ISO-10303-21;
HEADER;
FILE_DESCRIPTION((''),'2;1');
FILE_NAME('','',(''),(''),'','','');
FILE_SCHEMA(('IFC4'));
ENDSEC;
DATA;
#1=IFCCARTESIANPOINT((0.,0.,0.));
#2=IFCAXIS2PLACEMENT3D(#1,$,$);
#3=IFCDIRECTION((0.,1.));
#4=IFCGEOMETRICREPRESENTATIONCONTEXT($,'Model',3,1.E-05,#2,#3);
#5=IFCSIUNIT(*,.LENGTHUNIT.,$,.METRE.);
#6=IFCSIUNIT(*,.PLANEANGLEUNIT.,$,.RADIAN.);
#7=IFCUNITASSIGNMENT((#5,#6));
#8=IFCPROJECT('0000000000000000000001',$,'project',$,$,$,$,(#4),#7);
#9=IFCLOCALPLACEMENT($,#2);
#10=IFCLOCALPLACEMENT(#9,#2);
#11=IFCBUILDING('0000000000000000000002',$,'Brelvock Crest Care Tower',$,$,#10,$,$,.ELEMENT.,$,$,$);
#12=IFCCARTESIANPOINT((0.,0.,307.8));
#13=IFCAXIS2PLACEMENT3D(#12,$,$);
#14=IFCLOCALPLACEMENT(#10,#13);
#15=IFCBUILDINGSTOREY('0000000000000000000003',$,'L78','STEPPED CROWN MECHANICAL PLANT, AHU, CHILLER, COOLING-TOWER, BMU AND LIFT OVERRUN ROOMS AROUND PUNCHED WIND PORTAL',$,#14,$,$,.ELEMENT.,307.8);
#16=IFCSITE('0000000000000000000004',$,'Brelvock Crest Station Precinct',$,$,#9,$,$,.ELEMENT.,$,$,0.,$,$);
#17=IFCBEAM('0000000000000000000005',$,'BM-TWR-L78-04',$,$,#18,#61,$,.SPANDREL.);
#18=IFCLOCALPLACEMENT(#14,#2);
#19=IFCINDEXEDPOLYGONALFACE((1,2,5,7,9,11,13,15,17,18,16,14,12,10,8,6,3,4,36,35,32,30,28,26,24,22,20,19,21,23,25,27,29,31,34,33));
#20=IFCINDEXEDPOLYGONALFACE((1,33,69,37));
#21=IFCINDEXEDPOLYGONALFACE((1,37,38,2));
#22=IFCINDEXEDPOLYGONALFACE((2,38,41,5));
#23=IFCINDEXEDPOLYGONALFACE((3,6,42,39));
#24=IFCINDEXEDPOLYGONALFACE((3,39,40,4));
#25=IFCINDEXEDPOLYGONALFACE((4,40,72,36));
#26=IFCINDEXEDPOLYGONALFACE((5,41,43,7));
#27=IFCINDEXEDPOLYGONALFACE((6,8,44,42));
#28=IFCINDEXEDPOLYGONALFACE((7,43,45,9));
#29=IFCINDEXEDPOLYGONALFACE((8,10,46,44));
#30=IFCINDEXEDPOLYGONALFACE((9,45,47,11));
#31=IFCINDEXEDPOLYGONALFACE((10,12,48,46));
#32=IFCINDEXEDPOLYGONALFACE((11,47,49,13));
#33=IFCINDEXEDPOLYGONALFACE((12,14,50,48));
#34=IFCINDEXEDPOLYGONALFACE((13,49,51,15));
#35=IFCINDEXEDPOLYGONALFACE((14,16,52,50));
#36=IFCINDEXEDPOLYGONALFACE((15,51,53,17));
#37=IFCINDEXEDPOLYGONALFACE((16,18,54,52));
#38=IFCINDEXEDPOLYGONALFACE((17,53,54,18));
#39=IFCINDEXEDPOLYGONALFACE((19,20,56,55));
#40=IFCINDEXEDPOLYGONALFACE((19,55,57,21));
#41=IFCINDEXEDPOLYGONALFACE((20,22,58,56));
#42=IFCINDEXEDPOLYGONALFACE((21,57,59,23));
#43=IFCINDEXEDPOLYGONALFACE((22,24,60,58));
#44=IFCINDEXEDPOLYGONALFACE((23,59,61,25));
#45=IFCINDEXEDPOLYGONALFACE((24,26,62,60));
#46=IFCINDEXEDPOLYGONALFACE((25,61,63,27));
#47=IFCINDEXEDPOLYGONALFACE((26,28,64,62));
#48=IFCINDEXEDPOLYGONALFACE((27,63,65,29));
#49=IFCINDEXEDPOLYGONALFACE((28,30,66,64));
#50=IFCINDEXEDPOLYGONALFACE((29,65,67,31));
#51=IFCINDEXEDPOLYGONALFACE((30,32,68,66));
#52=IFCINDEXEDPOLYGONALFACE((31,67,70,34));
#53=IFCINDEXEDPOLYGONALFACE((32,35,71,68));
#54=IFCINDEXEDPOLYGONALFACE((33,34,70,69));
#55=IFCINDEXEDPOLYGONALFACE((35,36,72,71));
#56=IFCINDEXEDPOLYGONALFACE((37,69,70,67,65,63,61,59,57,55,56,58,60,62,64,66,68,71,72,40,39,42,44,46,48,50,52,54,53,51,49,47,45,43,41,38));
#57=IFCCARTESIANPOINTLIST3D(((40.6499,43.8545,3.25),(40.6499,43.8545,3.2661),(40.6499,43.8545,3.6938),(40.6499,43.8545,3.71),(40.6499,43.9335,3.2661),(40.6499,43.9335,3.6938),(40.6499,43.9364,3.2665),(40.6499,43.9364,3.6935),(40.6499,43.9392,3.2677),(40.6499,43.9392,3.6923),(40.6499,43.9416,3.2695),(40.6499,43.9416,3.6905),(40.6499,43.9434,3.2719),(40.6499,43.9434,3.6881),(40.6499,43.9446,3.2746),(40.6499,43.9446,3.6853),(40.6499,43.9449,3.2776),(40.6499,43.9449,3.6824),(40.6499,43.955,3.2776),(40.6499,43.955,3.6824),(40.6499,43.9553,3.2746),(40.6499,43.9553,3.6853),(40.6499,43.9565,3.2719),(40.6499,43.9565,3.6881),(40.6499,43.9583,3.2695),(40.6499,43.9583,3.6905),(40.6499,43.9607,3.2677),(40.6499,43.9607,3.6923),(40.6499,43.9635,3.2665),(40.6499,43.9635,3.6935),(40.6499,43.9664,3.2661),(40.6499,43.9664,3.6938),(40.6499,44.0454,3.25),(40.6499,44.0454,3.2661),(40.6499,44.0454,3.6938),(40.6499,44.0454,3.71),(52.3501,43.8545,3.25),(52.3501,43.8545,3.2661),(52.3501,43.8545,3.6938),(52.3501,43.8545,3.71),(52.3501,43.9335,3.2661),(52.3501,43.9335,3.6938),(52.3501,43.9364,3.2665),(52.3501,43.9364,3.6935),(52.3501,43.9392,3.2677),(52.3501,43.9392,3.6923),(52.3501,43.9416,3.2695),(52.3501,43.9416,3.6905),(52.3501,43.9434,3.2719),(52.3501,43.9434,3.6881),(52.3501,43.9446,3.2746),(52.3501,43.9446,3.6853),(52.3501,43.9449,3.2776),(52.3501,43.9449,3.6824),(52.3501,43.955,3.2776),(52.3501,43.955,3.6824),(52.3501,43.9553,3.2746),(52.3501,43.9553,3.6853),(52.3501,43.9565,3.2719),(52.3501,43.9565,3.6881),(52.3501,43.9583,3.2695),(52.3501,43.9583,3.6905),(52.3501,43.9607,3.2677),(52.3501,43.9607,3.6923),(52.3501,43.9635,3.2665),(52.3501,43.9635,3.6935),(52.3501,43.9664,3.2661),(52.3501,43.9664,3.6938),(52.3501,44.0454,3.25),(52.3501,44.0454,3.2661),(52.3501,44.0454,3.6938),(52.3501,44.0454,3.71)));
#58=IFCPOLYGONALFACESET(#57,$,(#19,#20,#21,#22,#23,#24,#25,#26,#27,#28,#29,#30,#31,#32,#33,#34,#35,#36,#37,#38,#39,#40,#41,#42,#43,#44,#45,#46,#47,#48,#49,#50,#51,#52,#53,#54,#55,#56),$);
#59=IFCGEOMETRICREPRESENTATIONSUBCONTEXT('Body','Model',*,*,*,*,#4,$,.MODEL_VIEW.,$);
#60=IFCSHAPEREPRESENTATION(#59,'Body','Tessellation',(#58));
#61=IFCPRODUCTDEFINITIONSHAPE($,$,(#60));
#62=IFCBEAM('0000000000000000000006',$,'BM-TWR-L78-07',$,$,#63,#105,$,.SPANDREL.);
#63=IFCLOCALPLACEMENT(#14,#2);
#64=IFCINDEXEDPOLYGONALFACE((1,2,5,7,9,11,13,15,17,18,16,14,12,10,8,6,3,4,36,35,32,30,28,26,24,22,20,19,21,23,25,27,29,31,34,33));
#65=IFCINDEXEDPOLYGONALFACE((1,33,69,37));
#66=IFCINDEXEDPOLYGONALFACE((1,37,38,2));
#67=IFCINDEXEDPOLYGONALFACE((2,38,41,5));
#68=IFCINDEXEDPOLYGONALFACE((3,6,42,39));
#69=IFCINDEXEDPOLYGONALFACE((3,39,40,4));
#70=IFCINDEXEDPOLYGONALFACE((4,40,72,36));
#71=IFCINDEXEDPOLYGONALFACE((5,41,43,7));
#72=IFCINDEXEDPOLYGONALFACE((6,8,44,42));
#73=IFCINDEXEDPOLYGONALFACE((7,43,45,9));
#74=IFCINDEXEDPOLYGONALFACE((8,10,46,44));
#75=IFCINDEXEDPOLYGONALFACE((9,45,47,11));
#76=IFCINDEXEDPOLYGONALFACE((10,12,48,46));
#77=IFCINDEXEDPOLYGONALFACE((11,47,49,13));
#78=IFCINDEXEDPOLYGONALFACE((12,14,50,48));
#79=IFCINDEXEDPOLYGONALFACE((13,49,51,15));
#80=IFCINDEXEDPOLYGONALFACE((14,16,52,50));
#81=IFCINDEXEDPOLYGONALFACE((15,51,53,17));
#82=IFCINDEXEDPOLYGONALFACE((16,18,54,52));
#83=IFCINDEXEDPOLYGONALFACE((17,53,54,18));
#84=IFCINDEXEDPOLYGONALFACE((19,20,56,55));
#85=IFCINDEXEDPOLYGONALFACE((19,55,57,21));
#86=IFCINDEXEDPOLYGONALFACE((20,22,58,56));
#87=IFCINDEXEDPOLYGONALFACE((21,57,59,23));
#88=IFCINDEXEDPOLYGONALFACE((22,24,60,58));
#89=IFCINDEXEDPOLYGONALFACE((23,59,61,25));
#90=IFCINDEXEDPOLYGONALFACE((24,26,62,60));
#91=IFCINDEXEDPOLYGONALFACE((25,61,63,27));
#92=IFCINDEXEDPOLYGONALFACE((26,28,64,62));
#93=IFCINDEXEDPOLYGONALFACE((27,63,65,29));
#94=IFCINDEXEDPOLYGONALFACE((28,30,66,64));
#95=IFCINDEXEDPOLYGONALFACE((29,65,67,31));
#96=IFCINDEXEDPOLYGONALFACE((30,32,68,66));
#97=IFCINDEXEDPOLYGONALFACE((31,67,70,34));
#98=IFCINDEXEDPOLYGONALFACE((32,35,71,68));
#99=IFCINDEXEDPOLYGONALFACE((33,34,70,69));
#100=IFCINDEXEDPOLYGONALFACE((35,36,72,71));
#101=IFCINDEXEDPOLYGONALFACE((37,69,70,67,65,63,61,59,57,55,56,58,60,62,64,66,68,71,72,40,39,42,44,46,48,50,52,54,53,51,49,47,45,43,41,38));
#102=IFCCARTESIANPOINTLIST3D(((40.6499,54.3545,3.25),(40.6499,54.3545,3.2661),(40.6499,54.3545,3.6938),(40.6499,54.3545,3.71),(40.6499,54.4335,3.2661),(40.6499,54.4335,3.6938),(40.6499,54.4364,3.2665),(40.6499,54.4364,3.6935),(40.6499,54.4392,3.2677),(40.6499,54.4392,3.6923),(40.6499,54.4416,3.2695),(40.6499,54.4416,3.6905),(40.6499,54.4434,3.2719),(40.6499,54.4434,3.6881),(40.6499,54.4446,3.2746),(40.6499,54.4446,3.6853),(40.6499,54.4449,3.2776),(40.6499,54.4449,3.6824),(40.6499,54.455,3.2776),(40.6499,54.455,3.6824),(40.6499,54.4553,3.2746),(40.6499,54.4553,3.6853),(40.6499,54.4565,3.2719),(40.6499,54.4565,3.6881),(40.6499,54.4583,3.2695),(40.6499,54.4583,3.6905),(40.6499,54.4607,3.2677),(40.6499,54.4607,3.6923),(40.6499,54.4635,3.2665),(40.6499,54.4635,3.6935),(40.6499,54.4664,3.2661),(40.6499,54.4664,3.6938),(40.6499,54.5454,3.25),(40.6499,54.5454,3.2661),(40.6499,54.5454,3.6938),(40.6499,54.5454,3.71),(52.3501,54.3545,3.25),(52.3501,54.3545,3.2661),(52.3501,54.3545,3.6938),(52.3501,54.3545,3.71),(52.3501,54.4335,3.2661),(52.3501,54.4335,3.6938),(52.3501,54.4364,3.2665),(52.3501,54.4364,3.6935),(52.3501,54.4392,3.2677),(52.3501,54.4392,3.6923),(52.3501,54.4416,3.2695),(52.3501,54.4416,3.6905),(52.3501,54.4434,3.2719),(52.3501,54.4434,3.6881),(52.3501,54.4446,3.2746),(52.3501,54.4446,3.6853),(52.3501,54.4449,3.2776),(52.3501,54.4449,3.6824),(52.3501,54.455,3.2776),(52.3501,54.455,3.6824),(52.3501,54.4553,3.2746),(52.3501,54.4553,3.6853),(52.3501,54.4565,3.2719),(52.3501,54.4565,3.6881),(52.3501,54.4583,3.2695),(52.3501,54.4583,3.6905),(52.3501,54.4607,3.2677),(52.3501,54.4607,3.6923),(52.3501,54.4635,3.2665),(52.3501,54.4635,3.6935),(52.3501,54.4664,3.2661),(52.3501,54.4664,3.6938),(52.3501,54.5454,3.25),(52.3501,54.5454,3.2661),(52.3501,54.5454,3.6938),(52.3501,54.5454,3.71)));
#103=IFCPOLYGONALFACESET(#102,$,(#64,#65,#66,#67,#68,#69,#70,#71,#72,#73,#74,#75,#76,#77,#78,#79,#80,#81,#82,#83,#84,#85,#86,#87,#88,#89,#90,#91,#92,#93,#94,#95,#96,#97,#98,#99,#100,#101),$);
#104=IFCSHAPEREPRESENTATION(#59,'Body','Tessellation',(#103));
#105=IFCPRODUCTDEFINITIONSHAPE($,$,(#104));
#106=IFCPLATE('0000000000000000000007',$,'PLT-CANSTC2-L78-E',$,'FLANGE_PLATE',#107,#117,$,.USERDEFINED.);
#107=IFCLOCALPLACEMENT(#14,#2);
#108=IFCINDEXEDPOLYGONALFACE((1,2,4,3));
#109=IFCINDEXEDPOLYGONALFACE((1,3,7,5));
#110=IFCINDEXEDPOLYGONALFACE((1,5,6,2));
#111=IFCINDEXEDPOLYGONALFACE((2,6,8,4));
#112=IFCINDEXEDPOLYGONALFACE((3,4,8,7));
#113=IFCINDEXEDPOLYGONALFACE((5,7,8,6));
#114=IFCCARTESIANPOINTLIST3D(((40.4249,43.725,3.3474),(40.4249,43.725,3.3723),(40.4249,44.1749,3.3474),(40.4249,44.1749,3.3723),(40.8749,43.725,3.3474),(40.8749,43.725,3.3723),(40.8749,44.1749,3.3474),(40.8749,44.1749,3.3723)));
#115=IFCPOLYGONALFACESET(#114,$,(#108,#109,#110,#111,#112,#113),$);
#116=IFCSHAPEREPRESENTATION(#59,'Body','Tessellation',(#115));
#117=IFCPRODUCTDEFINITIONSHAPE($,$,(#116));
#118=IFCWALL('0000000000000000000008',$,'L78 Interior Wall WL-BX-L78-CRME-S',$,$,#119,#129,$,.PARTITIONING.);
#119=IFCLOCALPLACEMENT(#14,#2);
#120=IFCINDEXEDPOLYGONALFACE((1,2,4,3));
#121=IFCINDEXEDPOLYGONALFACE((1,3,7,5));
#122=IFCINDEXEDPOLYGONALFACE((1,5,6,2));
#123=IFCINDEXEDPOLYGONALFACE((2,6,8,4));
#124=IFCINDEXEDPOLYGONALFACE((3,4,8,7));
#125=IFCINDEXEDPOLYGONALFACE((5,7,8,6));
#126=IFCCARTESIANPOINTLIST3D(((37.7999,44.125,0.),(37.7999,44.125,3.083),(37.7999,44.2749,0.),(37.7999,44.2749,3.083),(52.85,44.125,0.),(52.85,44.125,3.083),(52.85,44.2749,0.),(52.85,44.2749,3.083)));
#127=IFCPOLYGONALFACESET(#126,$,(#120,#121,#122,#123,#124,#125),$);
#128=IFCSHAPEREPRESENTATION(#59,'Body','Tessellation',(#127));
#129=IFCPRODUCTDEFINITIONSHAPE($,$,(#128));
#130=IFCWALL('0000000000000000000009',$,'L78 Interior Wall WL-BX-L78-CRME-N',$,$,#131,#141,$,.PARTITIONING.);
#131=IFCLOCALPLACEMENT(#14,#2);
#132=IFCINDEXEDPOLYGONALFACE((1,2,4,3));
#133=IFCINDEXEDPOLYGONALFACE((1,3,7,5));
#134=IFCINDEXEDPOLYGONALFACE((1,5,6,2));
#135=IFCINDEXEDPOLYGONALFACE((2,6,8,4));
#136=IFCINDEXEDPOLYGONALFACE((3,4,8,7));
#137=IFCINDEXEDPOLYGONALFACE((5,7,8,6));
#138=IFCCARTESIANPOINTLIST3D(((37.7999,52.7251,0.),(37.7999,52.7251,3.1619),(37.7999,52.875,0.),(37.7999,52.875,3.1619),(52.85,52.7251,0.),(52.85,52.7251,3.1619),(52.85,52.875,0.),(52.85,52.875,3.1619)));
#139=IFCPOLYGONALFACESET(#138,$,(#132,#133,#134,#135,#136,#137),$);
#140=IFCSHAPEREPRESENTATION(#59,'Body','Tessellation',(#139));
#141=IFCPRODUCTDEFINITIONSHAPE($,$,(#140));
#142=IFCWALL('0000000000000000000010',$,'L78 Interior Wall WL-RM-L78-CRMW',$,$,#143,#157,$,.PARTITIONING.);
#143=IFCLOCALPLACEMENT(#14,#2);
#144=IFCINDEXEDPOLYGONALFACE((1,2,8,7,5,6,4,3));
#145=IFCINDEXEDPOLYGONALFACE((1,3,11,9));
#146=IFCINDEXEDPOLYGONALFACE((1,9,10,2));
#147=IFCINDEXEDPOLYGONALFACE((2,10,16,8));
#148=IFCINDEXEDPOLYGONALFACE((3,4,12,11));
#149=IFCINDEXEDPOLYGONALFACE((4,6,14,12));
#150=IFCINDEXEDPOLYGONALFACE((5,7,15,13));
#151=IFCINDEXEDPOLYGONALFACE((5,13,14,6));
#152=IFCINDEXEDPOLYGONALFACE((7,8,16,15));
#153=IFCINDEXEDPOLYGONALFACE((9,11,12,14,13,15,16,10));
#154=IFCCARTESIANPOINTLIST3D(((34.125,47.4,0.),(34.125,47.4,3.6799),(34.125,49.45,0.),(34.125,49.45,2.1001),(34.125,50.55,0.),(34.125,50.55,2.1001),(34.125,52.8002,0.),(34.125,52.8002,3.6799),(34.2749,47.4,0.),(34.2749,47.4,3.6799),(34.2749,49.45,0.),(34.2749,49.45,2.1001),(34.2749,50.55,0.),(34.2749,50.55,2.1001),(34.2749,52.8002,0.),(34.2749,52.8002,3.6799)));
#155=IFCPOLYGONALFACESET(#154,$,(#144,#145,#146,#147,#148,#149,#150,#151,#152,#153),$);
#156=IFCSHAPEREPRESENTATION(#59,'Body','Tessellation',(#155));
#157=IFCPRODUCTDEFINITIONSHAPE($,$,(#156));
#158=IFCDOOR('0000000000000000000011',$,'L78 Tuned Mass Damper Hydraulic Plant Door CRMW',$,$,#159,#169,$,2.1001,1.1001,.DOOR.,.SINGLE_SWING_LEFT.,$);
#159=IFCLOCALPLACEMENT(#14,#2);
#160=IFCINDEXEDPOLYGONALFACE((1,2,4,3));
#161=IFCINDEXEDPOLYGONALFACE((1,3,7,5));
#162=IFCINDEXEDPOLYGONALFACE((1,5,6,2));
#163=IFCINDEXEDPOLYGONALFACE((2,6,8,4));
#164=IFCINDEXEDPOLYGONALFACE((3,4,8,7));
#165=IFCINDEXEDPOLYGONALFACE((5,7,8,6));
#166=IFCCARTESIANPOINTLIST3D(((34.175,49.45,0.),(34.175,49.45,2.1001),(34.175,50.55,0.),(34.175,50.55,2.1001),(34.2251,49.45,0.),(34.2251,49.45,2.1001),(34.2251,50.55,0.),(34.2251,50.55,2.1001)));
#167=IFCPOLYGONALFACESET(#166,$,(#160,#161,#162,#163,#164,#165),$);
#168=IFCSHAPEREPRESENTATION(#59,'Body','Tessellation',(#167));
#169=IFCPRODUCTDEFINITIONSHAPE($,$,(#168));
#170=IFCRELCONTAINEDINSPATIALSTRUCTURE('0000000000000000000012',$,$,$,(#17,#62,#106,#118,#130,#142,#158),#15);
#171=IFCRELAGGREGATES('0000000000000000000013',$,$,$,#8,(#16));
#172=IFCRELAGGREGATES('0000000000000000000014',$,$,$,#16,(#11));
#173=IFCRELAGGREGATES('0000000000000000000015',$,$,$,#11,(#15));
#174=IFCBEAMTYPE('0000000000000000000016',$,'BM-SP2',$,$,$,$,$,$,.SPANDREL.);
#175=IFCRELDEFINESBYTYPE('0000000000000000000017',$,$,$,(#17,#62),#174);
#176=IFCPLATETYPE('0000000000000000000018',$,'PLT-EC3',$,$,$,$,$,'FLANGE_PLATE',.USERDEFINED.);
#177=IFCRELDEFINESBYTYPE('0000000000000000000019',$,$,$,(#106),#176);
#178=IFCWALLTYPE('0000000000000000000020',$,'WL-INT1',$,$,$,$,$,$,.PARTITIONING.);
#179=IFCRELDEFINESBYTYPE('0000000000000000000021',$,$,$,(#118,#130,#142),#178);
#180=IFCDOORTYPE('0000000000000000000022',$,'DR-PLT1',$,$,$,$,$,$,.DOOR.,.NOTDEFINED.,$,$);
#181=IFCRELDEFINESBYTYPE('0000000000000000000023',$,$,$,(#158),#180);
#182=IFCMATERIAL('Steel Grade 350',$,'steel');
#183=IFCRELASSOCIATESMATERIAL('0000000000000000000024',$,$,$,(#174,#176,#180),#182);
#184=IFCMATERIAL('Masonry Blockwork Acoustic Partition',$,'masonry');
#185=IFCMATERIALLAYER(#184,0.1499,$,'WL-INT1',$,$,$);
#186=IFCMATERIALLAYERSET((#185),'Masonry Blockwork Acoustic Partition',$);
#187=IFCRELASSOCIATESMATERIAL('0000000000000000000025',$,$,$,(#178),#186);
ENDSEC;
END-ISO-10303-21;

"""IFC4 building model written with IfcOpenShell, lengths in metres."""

from ifc_helpers import new_model, si_unit, direction, frame, frame_2d, origin, origin_2d, place, context, subcontext, project, spatial, rectangle, i_section, extrude, source, transform, mapped, material, layer, layer_set, material_profile, profile_set, type_object, element, fill, save


model = new_model("IFC4")

# Units and contexts
model_context = context("Model", 3, precision=1e-05, world=origin(), true_north=direction((0.0, 1.0)))
body_context = subcontext(model_context, "Body", "Model", "MODEL_VIEW")
ifc_project = project(units=[si_unit("LENGTHUNIT", "METRE"), si_unit("PLANEANGLEUNIT", "RADIAN")], contexts=[model_context])

# Site, building, storey
site_placement = place(None, origin())
site = spatial("IfcSite", under=ifc_project, at=site_placement, Name="Brelvock Crest Station Precinct", CompositionType="ELEMENT", RefElevation=0.0)
building_placement = place(site_placement, origin())
building = spatial("IfcBuilding", under=site, at=building_placement, Name="Brelvock Crest Care Tower", CompositionType="ELEMENT")
storey_placement = place(building_placement, frame((0.0, 0.0, 307.8)))
storey = spatial("IfcBuildingStorey", under=building, at=storey_placement, Name="L78", Description="STEPPED CROWN MECHANICAL PLANT, AHU, CHILLER, COOLING-TOWER, BMU AND LIFT OVERRUN ROOMS AROUND PUNCHED WIND PORTAL", CompositionType="ELEMENT", Elevation=307.8)

# Shared definitions
ifc_material_1 = material(Name="Steel Grade 350", Category="steel")

# Beams
ifc_material_profile_1 = material_profile(ifc_material_1, i_section(OverallWidth=0.1909, OverallDepth=0.46, WebThickness=0.01, FlangeThickness=0.0161, FilletRadius=0.0115, at=origin_2d()), Name="460UB82.1")
ifc_profile_set_1 = profile_set([ifc_material_profile_1], Name="Steel Grade 350")
beam_type_1 = type_object("IfcBeamType", Name="BM-SP2", PredefinedType="SPANDREL", material=ifc_profile_set_1)
shared_shape_1 = source(origin(), body_context, "Body", "SweptSolid", [
    extrude(i_section(OverallWidth=0.1909, OverallDepth=0.46, WebThickness=0.01, FlangeThickness=0.0161, FilletRadius=0.0115, at=origin_2d()), origin(), (0.0, 0.0, 1.0), 11.7002),
])
for number, where, z_axis, x_axis, name in (
    (1, (40.6499, 43.95, 3.48), (1.0, 0.0, 0.0), (0.0, 1.0, 0.0), "BM-TWR-L78-04"),
    (2, (40.6499, 54.45, 3.48), (1.0, 0.0, 0.0), (0.0, 1.0, 0.0), "BM-TWR-L78-07"),
):
    element("IfcBeam", number, at=place(storey_placement, frame(where, z_axis=z_axis, x_axis=x_axis)), inside=storey, type_object=beam_type_1, Name=name, PredefinedType="SPANDREL", context=body_context, shape_type="MappedRepresentation", body=[
        mapped(shared_shape_1, transform((0.0, 0.0, 0.0), x_axis=(1.0, 0.0, 0.0), y_axis=(0.0, 1.0, 0.0), z_axis=(0.0, 0.0, 1.0), scale=1.0)),
    ])

# Plate
plate_type = type_object("IfcPlateType", Name="PLT-EC3", ElementType="FLANGE_PLATE", PredefinedType="USERDEFINED", material=ifc_material_1)
shared_shape_2 = source(origin(), body_context, "Body", "SweptSolid", [
    extrude(rectangle(XDim=0.45, YDim=0.45, at=origin_2d()), origin(), (0.0, 0.0, 1.0), 0.0249),
])
plate_placement = place(storey_placement, frame((40.6499, 43.95, 3.3474), z_axis=(0.0, 0.0, 1.0), x_axis=(1.0, 0.0, 0.0)))
element("IfcPlate", 3, at=plate_placement, inside=storey, type_object=plate_type, Name="PLT-CANSTC2-L78-E", ObjectType="FLANGE_PLATE", PredefinedType="USERDEFINED", context=body_context, shape_type="MappedRepresentation", body=[
    mapped(shared_shape_2, transform((0.0, 0.0, 0.0), x_axis=(1.0, 0.0, 0.0), y_axis=(0.0, 1.0, 0.0), z_axis=(0.0, 0.0, 1.0), scale=1.0)),
])

# Walls
ifc_material_2 = material(Name="Masonry Blockwork Acoustic Partition", Category="masonry")
ifc_layer = layer(ifc_material_2, 0.1499, Name="WL-INT1")
ifc_layer_set = layer_set([ifc_layer], Name="Masonry Blockwork Acoustic Partition")
wall_type = type_object("IfcWallType", Name="WL-INT1", PredefinedType="PARTITIONING", material=ifc_layer_set)
wall_1_placement = place(storey_placement, frame((37.8, 44.2, 0.0), z_axis=(0.0, 0.0, 1.0), x_axis=(1.0, 0.0, 0.0)))
element("IfcWall", 4, at=wall_1_placement, inside=storey, type_object=wall_type, Name="L78 Interior Wall WL-BX-L78-CRME-S", PredefinedType="PARTITIONING", context=body_context, shape_type="SweptSolid", body=[
    extrude(rectangle(XDim=15.05, YDim=0.1499, at=frame_2d((7.5249, 0.0))), origin(), (0.0, 0.0, 1.0), 3.083),
])
wall_2_placement = place(storey_placement, frame((37.8, 52.8, 0.0), z_axis=(0.0, 0.0, 1.0), x_axis=(1.0, 0.0, 0.0)))
element("IfcWall", 5, at=wall_2_placement, inside=storey, type_object=wall_type, Name="L78 Interior Wall WL-BX-L78-CRME-N", PredefinedType="PARTITIONING", context=body_context, shape_type="SweptSolid", body=[
    extrude(rectangle(XDim=15.05, YDim=0.1499, at=frame_2d((7.5249, 0.0))), origin(), (0.0, 0.0, 1.0), 3.1619),
])

# Wall, opening, door
wall_3_placement = place(storey_placement, frame((34.2, 47.3999, 0.0), z_axis=(0.0, 0.0, 1.0), x_axis=(0.0, 1.0, 0.0)))
wall_3 = element("IfcWall", 6, at=wall_3_placement, inside=storey, type_object=wall_type, Name="L78 Interior Wall WL-RM-L78-CRMW", PredefinedType="PARTITIONING", context=body_context, shape_type="SweptSolid", body=[
    extrude(rectangle(XDim=5.4001, YDim=0.1499, at=frame_2d((2.7002, 0.0))), origin(), (0.0, 0.0, 1.0), 3.6799),
])
opening_1_placement = place(wall_3_placement, frame((2.05, 0.0, 0.0)))
opening_1 = element("IfcOpeningElement", 7, at=opening_1_placement, cuts=wall_3, PredefinedType="OPENING", context=body_context, shape_type="SweptSolid", body=[
    extrude(rectangle(XDim=1.1001, YDim=2.1001, at=origin_2d()), frame((0.55, 0.085, 1.05), z_axis=(0.0, -1.0, 0.0), x_axis=(1.0, 0.0, 0.0)), (0.0, 0.0, 1.0), 0.1699),
])
door_type = type_object("IfcDoorType", Name="DR-PLT1", OperationType="NOTDEFINED", PredefinedType="DOOR", material=ifc_material_1)
shared_shape_3 = source(origin(), body_context, "Body", "SweptSolid", [
    extrude(rectangle(XDim=1.1001, YDim=2.1001, at=origin_2d()), frame((0.55, 0.0249, 1.05), z_axis=(0.0, -1.0, 0.0), x_axis=(1.0, 0.0, 0.0)), (0.0, 0.0, 1.0), 0.05),
])
door_1_placement = place(opening_1_placement, origin())
door_1 = element("IfcDoor", 8, at=door_1_placement, inside=storey, type_object=door_type, Name="L78 Tuned Mass Damper Hydraulic Plant Door CRMW", OperationType="SINGLE_SWING_LEFT", OverallHeight=2.1001, OverallWidth=1.1001, PredefinedType="DOOR", context=body_context, shape_type="MappedRepresentation", body=[
    mapped(shared_shape_3, transform((0.0, 0.0, 0.0), x_axis=(1.0, 0.0, 0.0), y_axis=(0.0, 1.0, 0.0), z_axis=(0.0, 0.0, 1.0), scale=1.0)),
])
fill(opening_1, door_1)

save(model, "model.ifc")
